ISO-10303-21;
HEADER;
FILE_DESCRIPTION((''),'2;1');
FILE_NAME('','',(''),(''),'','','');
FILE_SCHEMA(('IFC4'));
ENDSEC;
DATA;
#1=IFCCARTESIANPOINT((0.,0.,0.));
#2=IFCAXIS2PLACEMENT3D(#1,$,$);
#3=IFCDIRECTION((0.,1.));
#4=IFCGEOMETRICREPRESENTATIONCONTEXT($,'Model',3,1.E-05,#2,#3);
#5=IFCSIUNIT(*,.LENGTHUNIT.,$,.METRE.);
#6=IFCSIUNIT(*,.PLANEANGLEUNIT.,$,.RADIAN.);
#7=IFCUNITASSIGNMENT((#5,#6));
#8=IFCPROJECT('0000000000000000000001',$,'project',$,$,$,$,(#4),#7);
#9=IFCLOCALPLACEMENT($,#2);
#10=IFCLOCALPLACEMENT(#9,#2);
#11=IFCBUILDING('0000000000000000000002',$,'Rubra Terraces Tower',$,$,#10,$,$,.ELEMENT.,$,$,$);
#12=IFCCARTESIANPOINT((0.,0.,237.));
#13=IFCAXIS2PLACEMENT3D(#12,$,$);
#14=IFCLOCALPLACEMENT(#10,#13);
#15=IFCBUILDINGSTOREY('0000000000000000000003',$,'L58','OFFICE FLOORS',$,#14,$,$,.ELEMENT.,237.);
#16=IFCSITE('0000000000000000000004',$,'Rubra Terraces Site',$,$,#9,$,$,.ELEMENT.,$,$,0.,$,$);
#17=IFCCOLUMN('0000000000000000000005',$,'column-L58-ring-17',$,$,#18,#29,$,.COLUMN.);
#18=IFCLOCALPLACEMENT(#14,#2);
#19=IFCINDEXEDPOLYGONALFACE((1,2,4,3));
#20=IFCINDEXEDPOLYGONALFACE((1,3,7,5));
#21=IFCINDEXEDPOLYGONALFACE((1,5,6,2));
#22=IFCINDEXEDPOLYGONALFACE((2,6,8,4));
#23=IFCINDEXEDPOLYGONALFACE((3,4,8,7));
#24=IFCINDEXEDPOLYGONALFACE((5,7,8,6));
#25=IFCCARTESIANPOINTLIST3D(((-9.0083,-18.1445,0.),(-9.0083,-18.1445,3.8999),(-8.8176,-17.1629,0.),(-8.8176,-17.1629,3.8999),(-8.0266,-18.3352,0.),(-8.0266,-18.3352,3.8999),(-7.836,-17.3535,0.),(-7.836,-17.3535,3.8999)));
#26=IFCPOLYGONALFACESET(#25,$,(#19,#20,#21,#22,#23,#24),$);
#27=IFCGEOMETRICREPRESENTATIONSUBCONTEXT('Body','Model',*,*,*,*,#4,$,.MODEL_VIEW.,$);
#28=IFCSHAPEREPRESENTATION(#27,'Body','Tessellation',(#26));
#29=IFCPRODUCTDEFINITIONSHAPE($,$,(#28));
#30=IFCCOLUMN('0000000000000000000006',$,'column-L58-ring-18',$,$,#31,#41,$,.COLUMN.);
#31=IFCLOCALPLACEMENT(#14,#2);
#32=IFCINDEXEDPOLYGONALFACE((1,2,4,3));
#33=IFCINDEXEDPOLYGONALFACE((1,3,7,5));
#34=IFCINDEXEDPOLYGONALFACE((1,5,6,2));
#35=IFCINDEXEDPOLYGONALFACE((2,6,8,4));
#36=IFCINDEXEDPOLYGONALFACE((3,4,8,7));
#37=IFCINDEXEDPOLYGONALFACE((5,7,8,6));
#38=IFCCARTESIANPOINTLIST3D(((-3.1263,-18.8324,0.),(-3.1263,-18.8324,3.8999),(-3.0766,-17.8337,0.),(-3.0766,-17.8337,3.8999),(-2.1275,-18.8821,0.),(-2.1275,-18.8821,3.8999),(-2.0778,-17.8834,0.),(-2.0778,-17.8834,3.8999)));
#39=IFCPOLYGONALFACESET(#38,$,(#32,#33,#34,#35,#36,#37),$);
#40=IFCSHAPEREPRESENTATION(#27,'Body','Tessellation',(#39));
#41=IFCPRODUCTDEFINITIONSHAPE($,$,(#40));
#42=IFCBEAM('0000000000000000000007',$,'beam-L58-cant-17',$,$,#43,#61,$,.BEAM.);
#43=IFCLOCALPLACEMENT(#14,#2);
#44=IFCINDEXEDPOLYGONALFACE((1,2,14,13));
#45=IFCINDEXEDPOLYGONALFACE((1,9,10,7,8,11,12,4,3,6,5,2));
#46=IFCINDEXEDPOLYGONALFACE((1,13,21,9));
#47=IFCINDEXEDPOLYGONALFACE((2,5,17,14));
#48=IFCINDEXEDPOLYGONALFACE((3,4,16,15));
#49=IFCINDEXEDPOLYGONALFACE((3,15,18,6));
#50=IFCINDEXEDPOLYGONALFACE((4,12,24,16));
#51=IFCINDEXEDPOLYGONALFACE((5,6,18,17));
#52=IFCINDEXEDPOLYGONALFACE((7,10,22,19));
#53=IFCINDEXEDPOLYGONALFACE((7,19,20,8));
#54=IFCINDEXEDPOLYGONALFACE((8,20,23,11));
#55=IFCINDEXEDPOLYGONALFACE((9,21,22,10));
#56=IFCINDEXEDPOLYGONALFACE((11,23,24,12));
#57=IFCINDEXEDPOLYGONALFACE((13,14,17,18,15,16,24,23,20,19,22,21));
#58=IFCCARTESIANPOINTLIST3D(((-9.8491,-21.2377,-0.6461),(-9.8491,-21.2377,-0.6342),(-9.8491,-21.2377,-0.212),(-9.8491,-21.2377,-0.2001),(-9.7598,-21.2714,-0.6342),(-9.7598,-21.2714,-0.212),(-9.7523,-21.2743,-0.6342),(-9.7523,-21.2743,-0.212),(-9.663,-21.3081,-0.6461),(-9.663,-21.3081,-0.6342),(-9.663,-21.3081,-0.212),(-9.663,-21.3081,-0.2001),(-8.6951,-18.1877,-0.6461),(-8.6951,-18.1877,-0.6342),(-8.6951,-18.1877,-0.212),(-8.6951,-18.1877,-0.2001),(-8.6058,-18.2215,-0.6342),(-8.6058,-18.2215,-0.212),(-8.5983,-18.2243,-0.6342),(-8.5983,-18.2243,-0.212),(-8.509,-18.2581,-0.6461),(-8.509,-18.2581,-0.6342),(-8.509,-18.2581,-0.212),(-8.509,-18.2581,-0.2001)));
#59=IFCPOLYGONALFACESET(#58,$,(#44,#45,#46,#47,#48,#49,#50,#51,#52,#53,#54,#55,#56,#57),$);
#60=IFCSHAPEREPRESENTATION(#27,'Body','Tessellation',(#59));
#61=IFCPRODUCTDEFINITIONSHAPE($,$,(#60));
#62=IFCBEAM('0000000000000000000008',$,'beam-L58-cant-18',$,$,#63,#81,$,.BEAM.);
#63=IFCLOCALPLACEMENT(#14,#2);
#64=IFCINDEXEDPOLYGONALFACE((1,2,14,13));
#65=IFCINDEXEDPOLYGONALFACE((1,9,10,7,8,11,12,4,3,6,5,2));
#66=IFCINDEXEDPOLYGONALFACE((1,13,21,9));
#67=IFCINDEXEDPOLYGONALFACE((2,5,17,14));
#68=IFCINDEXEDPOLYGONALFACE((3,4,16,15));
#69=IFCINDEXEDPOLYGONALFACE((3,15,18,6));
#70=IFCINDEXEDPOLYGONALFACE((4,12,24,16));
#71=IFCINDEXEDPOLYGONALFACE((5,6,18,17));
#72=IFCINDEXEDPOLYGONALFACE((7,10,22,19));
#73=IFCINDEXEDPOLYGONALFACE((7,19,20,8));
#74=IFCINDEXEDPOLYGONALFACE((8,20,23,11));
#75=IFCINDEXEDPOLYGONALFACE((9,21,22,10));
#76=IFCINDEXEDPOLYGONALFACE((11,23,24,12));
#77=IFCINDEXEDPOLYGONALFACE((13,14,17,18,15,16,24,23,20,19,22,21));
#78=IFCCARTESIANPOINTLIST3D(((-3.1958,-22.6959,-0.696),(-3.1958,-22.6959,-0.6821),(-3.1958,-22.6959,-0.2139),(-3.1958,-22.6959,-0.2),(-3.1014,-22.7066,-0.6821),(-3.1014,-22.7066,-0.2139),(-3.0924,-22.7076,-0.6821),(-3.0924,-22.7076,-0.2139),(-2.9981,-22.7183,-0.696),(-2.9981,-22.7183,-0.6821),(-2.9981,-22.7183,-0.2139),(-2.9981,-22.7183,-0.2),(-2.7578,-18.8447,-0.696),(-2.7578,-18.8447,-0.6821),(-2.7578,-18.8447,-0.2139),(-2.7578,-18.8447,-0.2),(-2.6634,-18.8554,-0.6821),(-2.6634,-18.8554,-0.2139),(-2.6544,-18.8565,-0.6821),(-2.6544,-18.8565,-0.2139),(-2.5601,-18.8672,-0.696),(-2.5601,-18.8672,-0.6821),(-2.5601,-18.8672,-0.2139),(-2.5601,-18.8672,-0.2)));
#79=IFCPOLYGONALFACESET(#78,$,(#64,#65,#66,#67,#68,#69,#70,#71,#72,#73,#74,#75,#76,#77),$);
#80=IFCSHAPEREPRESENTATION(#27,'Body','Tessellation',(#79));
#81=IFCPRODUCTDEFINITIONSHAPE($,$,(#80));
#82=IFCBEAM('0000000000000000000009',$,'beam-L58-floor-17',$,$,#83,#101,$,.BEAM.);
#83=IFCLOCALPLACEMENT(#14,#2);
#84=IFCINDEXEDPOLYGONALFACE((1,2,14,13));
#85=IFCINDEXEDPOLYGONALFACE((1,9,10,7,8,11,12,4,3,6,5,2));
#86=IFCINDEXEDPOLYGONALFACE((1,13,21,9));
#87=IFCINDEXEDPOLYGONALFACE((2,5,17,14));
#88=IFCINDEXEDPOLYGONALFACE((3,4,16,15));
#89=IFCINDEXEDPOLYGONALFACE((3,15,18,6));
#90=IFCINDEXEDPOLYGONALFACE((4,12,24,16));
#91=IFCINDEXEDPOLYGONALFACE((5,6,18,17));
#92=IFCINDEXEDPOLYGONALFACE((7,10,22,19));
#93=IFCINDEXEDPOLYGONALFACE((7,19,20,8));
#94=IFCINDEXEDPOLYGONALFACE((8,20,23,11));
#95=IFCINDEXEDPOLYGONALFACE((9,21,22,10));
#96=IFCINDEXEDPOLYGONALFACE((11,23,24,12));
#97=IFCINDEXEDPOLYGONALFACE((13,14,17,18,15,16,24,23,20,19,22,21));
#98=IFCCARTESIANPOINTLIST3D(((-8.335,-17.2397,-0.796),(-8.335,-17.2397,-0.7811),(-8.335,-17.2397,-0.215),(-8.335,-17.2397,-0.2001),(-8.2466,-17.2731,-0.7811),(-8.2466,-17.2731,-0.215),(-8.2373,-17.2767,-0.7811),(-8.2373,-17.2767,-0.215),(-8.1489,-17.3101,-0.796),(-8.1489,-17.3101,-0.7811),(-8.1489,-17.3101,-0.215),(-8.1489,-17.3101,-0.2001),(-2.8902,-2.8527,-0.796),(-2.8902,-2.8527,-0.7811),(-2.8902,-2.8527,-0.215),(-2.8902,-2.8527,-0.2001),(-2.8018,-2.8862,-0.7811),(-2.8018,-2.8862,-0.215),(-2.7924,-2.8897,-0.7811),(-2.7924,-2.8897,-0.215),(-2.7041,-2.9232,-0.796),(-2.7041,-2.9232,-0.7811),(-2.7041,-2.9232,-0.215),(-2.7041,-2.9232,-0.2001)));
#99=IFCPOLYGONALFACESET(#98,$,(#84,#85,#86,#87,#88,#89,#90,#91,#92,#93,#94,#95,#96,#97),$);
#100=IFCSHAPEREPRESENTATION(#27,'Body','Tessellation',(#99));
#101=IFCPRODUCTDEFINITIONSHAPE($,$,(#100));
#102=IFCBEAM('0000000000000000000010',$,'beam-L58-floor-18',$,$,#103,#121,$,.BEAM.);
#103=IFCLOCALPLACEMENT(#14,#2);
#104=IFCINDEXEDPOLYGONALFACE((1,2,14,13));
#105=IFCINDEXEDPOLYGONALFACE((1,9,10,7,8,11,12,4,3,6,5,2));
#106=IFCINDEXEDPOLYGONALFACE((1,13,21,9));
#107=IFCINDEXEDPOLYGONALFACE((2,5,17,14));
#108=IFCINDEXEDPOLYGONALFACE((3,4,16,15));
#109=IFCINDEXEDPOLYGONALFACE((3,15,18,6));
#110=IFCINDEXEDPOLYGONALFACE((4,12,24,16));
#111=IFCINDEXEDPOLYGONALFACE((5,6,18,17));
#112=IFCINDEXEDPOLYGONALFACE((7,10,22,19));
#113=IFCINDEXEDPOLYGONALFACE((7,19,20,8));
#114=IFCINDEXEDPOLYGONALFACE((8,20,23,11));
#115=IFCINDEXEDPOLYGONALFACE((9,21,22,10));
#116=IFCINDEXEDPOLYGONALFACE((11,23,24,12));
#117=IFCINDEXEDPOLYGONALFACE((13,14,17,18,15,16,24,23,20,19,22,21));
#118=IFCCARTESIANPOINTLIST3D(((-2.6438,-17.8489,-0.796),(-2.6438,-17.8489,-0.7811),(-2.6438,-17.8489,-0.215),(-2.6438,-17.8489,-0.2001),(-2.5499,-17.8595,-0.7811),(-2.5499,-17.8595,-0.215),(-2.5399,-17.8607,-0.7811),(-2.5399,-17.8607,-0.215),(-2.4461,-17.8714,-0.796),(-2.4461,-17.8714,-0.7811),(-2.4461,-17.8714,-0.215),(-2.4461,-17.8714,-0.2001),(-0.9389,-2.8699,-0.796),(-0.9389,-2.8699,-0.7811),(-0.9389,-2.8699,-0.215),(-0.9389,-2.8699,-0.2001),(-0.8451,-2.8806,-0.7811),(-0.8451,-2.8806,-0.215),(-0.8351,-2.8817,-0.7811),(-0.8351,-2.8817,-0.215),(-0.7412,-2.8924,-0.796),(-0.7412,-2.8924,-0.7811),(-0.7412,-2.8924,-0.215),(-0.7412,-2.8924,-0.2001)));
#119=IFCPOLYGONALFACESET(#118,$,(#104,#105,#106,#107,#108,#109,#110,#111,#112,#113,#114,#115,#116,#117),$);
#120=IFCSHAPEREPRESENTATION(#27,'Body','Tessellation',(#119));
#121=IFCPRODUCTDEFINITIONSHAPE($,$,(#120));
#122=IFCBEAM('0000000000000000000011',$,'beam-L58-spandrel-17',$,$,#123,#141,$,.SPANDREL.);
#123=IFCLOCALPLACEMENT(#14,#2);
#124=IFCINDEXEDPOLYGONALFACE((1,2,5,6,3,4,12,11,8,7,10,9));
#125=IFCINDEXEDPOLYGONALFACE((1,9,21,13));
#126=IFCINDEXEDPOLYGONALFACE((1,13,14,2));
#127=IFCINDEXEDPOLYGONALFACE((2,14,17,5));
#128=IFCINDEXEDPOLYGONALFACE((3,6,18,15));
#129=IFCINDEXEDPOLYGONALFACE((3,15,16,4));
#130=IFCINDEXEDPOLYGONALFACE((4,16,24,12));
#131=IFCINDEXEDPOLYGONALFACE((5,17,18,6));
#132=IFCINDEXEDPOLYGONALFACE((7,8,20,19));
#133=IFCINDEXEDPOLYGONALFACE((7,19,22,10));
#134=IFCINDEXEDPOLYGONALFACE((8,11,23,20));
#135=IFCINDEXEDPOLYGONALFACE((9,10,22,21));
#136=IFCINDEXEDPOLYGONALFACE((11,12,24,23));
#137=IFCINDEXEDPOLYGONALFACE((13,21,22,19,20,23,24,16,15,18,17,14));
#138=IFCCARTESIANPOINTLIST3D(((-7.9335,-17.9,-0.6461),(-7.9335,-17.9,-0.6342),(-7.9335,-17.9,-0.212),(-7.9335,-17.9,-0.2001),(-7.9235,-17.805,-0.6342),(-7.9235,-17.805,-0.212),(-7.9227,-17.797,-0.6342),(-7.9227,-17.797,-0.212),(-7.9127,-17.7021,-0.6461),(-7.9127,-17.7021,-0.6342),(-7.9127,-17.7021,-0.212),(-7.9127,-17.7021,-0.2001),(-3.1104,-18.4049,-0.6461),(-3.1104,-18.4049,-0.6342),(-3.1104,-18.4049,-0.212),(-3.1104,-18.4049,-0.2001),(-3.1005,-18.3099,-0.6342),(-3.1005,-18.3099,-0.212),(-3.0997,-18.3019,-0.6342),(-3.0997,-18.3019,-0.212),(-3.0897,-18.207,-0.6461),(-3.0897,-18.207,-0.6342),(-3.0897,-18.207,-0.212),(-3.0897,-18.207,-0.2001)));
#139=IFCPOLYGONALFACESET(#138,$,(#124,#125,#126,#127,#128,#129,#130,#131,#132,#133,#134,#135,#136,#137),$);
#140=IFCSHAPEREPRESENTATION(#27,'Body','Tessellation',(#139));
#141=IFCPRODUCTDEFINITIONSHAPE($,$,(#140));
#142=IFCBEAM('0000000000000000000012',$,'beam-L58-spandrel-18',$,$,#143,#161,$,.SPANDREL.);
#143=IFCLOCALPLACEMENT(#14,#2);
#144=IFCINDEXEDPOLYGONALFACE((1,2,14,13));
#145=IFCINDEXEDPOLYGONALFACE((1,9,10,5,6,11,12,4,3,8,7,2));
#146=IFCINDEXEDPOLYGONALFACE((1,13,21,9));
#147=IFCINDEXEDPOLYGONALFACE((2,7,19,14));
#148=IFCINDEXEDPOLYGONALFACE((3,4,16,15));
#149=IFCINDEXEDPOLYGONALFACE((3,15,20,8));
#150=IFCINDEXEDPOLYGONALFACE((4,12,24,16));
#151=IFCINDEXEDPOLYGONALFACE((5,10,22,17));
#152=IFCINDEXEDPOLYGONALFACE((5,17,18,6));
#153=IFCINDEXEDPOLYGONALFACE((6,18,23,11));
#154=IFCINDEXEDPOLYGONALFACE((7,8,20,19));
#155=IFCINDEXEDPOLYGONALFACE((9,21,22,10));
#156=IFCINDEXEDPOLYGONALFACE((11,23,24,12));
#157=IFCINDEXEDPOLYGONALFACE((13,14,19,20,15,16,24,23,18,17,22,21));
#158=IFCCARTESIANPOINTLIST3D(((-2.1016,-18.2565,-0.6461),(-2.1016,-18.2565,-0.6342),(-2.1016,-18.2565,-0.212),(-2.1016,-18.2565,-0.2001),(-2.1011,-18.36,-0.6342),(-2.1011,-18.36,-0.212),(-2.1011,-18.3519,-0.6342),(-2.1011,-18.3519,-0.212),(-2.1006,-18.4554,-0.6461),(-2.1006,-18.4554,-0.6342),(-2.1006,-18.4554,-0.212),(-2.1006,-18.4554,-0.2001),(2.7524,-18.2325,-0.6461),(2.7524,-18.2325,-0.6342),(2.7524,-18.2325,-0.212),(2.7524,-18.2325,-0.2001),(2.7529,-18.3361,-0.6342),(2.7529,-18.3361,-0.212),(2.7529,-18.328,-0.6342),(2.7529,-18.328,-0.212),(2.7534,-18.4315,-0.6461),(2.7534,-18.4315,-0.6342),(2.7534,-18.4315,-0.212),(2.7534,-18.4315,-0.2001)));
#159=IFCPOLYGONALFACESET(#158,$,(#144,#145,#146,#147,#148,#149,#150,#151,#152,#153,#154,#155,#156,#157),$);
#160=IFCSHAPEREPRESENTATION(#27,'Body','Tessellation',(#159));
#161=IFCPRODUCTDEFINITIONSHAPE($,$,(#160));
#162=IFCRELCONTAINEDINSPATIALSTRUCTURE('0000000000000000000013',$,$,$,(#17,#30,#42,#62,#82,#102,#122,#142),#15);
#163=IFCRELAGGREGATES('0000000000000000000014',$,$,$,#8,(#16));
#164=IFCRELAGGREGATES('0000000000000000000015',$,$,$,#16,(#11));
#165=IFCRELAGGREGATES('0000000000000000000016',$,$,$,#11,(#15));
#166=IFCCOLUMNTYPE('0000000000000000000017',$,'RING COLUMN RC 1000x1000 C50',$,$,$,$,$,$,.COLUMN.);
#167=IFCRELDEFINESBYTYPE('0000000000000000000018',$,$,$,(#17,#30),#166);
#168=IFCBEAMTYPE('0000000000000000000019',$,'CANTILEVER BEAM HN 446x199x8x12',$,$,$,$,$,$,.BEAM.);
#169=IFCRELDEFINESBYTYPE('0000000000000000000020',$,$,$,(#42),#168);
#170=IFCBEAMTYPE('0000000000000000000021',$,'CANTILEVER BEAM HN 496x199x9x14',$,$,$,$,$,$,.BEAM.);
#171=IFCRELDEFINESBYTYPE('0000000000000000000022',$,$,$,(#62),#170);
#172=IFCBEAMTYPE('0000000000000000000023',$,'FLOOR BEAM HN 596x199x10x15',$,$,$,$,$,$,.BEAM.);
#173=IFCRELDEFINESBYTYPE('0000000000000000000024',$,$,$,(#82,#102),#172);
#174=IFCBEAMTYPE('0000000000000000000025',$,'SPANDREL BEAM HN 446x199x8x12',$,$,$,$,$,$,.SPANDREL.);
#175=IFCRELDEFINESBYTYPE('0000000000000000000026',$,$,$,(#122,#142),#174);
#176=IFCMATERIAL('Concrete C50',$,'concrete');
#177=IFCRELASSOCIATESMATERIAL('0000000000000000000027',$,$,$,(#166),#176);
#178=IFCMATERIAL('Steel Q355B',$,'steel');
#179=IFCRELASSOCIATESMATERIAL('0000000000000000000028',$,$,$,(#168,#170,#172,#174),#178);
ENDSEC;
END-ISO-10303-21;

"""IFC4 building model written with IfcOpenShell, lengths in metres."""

from ifc_helpers import new_model, si_unit, direction, frame, origin, origin_2d, place, context, subcontext, project, spatial, rectangle, i_section, extrude, material, material_profile, profile_set, type_object, element, save


model = new_model("IFC4")

# Units and contexts
model_context = context("Model", 3, precision=1e-05, world=origin(), true_north=direction((0.0, 1.0)))
body_context = subcontext(model_context, "Body", "Model", "MODEL_VIEW")
ifc_project = project(units=[si_unit("LENGTHUNIT", "METRE"), si_unit("PLANEANGLEUNIT", "RADIAN")], contexts=[model_context])

# Site, building, storey
site_placement = place(None, origin())
site = spatial("IfcSite", under=ifc_project, at=site_placement, Name="Rubra Terraces Site", CompositionType="ELEMENT", RefElevation=0.0)
building_placement = place(site_placement, origin())
building = spatial("IfcBuilding", under=site, at=building_placement, Name="Rubra Terraces Tower", CompositionType="ELEMENT")
storey_placement = place(building_placement, frame((0.0, 0.0, 237.0)))
storey = spatial("IfcBuildingStorey", under=building, at=storey_placement, Name="L58", Description="OFFICE FLOORS", CompositionType="ELEMENT", Elevation=237.0)

# Columns
ifc_material_1 = material(Name="Concrete C50", Category="concrete")
ifc_material_profile_1 = material_profile(ifc_material_1, rectangle(XDim=1.0, YDim=1.0, at=origin_2d()), Name="RC 1000x1000")
ifc_profile_set_1 = profile_set([ifc_material_profile_1], Name="Concrete C50")
column_type = type_object("IfcColumnType", Name="RING COLUMN RC 1000x1000 C50", PredefinedType="COLUMN", material=ifc_profile_set_1)
for number, where, z_axis, x_axis, name in (
    (1, (-8.4221, -17.749, 0.0), (0.0, 0.0, 1.0), (0.981655, -0.190668, 0.0), "column-L58-ring-17"),
    (2, (-2.6021, -18.3579, 0.0), (0.0, 0.0, 1.0), (0.998764, -0.049699, 0.0), "column-L58-ring-18"),
):
    element("IfcColumn", number, at=place(storey_placement, frame(where, z_axis=z_axis, x_axis=x_axis)), inside=storey, type_object=column_type, Name=name, PredefinedType="COLUMN", context=body_context, shape_type="SweptSolid", body=[
        extrude(rectangle(XDim=1.0, YDim=1.0, at=origin_2d()), origin(), (0.0, 0.0, 1.0), 3.8999),
    ])

# Beams
ifc_material_2 = material(Name="Steel Q355B", Category="steel")
ifc_material_profile_2 = material_profile(ifc_material_2, i_section(OverallWidth=0.199, OverallDepth=0.446, WebThickness=0.0081, FlangeThickness=0.012, at=origin_2d()), Name="HN 446x199x8x12")
ifc_profile_set_2 = profile_set([ifc_material_profile_2], Name="Steel Q355B")
beam_type_1 = type_object("IfcBeamType", Name="CANTILEVER BEAM HN 446x199x8x12", PredefinedType="BEAM", material=ifc_profile_set_2)
beam_1_placement = place(storey_placement, frame((-8.6021, -18.2229, -0.4231), z_axis=(-0.353887, -0.935288, 0.0), x_axis=(0.935288, -0.353887, 0.0)))
element("IfcBeam", 3, at=beam_1_placement, inside=storey, type_object=beam_type_1, Name="beam-L58-cant-17", PredefinedType="BEAM", context=body_context, shape_type="SweptSolid", body=[
    extrude(i_section(OverallWidth=0.199, OverallDepth=0.446, WebThickness=0.0081, FlangeThickness=0.012, at=origin_2d()), origin(), (0.0, 0.0, 1.0), 3.261),
])
ifc_material_profile_3 = material_profile(ifc_material_2, i_section(OverallWidth=0.199, OverallDepth=0.4961, WebThickness=0.009, FlangeThickness=0.0139, at=origin_2d()), Name="HN 496x199x9x14")
ifc_profile_set_3 = profile_set([ifc_material_profile_3], Name="Steel Q355B")
beam_type_2 = type_object("IfcBeamType", Name="CANTILEVER BEAM HN 496x199x9x14", PredefinedType="BEAM", material=ifc_profile_set_3)
beam_2_placement = place(storey_placement, frame((-2.6589, -18.856, -0.448), z_axis=(-0.113003, -0.993595, 0.0), x_axis=(0.993595, -0.113003, 0.0)))
element("IfcBeam", 4, at=beam_2_placement, inside=storey, type_object=beam_type_2, Name="beam-L58-cant-18", PredefinedType="BEAM", context=body_context, shape_type="SweptSolid", body=[
    extrude(i_section(OverallWidth=0.199, OverallDepth=0.4961, WebThickness=0.009, FlangeThickness=0.0139, at=origin_2d()), origin(), (0.0, 0.0, 1.0), 3.876),
])
ifc_material_profile_4 = material_profile(ifc_material_2, i_section(OverallWidth=0.199, OverallDepth=0.5959, WebThickness=0.01, FlangeThickness=0.0149, at=origin_2d()), Name="HN 596x199x10x15")
ifc_profile_set_4 = profile_set([ifc_material_profile_4], Name="Steel Q355B")
beam_type_3 = type_object("IfcBeamType", Name="FLOOR BEAM HN 596x199x10x15", PredefinedType="BEAM", material=ifc_profile_set_4)
beam_3_placement = place(storey_placement, frame((-8.2419, -17.2749, -0.498), z_axis=(0.353955, 0.935262, 0.0), x_axis=(-0.935262, 0.353955, 0.0)))
element("IfcBeam", 5, at=beam_3_placement, inside=storey, type_object=beam_type_3, Name="beam-L58-floor-17", PredefinedType="BEAM", context=body_context, shape_type="SweptSolid", body=[
    extrude(i_section(OverallWidth=0.199, OverallDepth=0.5959, WebThickness=0.01, FlangeThickness=0.0149, at=origin_2d()), origin(), (0.0, 0.0, 1.0), 15.3828),
])
beam_4_placement = place(storey_placement, frame((-2.5449, -17.8601, -0.498), z_axis=(0.113085, 0.993585, 0.0), x_axis=(-0.993585, 0.113085, 0.0)))
element("IfcBeam", 6, at=beam_4_placement, inside=storey, type_object=beam_type_3, Name="beam-L58-floor-18", PredefinedType="BEAM", context=body_context, shape_type="SweptSolid", body=[
    extrude(i_section(OverallWidth=0.199, OverallDepth=0.5959, WebThickness=0.01, FlangeThickness=0.0149, at=origin_2d()), origin(), (0.0, 0.0, 1.0), 15.0757),
])
ifc_material_profile_5 = material_profile(ifc_material_2, i_section(OverallWidth=0.199, OverallDepth=0.446, WebThickness=0.0081, FlangeThickness=0.012, at=origin_2d()), Name="HN 446x199x8x12")
ifc_profile_set_5 = profile_set([ifc_material_profile_5], Name="Steel Q355B")
beam_type_4 = type_object("IfcBeamType", Name="SPANDREL BEAM HN 446x199x8x12", PredefinedType="SPANDREL", material=ifc_profile_set_5)
beam_5_placement = place(storey_placement, frame((-7.9231, -17.801, -0.4231), z_axis=(0.994565, -0.104113, 0.0), x_axis=(0.104113, 0.994565, 0.0)))
element("IfcBeam", 7, at=beam_5_placement, inside=storey, type_object=beam_type_4, Name="beam-L58-spandrel-17", PredefinedType="SPANDREL", context=body_context, shape_type="SweptSolid", body=[
    extrude(i_section(OverallWidth=0.199, OverallDepth=0.446, WebThickness=0.0081, FlangeThickness=0.012, at=origin_2d()), origin(), (0.0, 0.0, 1.0), 4.8494),
])
beam_6_placement = place(storey_placement, frame((-2.1011, -18.356, -0.4231), z_axis=(0.999988, 0.004929, 0.0), x_axis=(-0.004929, 0.999988, 0.0)))
element("IfcBeam", 8, at=beam_6_placement, inside=storey, type_object=beam_type_4, Name="beam-L58-spandrel-18", PredefinedType="SPANDREL", context=body_context, shape_type="SweptSolid", body=[
    extrude(i_section(OverallWidth=0.199, OverallDepth=0.446, WebThickness=0.0081, FlangeThickness=0.012, at=origin_2d()), origin(), (0.0, 0.0, 1.0), 4.854),
])

save(model, "model.ifc")
